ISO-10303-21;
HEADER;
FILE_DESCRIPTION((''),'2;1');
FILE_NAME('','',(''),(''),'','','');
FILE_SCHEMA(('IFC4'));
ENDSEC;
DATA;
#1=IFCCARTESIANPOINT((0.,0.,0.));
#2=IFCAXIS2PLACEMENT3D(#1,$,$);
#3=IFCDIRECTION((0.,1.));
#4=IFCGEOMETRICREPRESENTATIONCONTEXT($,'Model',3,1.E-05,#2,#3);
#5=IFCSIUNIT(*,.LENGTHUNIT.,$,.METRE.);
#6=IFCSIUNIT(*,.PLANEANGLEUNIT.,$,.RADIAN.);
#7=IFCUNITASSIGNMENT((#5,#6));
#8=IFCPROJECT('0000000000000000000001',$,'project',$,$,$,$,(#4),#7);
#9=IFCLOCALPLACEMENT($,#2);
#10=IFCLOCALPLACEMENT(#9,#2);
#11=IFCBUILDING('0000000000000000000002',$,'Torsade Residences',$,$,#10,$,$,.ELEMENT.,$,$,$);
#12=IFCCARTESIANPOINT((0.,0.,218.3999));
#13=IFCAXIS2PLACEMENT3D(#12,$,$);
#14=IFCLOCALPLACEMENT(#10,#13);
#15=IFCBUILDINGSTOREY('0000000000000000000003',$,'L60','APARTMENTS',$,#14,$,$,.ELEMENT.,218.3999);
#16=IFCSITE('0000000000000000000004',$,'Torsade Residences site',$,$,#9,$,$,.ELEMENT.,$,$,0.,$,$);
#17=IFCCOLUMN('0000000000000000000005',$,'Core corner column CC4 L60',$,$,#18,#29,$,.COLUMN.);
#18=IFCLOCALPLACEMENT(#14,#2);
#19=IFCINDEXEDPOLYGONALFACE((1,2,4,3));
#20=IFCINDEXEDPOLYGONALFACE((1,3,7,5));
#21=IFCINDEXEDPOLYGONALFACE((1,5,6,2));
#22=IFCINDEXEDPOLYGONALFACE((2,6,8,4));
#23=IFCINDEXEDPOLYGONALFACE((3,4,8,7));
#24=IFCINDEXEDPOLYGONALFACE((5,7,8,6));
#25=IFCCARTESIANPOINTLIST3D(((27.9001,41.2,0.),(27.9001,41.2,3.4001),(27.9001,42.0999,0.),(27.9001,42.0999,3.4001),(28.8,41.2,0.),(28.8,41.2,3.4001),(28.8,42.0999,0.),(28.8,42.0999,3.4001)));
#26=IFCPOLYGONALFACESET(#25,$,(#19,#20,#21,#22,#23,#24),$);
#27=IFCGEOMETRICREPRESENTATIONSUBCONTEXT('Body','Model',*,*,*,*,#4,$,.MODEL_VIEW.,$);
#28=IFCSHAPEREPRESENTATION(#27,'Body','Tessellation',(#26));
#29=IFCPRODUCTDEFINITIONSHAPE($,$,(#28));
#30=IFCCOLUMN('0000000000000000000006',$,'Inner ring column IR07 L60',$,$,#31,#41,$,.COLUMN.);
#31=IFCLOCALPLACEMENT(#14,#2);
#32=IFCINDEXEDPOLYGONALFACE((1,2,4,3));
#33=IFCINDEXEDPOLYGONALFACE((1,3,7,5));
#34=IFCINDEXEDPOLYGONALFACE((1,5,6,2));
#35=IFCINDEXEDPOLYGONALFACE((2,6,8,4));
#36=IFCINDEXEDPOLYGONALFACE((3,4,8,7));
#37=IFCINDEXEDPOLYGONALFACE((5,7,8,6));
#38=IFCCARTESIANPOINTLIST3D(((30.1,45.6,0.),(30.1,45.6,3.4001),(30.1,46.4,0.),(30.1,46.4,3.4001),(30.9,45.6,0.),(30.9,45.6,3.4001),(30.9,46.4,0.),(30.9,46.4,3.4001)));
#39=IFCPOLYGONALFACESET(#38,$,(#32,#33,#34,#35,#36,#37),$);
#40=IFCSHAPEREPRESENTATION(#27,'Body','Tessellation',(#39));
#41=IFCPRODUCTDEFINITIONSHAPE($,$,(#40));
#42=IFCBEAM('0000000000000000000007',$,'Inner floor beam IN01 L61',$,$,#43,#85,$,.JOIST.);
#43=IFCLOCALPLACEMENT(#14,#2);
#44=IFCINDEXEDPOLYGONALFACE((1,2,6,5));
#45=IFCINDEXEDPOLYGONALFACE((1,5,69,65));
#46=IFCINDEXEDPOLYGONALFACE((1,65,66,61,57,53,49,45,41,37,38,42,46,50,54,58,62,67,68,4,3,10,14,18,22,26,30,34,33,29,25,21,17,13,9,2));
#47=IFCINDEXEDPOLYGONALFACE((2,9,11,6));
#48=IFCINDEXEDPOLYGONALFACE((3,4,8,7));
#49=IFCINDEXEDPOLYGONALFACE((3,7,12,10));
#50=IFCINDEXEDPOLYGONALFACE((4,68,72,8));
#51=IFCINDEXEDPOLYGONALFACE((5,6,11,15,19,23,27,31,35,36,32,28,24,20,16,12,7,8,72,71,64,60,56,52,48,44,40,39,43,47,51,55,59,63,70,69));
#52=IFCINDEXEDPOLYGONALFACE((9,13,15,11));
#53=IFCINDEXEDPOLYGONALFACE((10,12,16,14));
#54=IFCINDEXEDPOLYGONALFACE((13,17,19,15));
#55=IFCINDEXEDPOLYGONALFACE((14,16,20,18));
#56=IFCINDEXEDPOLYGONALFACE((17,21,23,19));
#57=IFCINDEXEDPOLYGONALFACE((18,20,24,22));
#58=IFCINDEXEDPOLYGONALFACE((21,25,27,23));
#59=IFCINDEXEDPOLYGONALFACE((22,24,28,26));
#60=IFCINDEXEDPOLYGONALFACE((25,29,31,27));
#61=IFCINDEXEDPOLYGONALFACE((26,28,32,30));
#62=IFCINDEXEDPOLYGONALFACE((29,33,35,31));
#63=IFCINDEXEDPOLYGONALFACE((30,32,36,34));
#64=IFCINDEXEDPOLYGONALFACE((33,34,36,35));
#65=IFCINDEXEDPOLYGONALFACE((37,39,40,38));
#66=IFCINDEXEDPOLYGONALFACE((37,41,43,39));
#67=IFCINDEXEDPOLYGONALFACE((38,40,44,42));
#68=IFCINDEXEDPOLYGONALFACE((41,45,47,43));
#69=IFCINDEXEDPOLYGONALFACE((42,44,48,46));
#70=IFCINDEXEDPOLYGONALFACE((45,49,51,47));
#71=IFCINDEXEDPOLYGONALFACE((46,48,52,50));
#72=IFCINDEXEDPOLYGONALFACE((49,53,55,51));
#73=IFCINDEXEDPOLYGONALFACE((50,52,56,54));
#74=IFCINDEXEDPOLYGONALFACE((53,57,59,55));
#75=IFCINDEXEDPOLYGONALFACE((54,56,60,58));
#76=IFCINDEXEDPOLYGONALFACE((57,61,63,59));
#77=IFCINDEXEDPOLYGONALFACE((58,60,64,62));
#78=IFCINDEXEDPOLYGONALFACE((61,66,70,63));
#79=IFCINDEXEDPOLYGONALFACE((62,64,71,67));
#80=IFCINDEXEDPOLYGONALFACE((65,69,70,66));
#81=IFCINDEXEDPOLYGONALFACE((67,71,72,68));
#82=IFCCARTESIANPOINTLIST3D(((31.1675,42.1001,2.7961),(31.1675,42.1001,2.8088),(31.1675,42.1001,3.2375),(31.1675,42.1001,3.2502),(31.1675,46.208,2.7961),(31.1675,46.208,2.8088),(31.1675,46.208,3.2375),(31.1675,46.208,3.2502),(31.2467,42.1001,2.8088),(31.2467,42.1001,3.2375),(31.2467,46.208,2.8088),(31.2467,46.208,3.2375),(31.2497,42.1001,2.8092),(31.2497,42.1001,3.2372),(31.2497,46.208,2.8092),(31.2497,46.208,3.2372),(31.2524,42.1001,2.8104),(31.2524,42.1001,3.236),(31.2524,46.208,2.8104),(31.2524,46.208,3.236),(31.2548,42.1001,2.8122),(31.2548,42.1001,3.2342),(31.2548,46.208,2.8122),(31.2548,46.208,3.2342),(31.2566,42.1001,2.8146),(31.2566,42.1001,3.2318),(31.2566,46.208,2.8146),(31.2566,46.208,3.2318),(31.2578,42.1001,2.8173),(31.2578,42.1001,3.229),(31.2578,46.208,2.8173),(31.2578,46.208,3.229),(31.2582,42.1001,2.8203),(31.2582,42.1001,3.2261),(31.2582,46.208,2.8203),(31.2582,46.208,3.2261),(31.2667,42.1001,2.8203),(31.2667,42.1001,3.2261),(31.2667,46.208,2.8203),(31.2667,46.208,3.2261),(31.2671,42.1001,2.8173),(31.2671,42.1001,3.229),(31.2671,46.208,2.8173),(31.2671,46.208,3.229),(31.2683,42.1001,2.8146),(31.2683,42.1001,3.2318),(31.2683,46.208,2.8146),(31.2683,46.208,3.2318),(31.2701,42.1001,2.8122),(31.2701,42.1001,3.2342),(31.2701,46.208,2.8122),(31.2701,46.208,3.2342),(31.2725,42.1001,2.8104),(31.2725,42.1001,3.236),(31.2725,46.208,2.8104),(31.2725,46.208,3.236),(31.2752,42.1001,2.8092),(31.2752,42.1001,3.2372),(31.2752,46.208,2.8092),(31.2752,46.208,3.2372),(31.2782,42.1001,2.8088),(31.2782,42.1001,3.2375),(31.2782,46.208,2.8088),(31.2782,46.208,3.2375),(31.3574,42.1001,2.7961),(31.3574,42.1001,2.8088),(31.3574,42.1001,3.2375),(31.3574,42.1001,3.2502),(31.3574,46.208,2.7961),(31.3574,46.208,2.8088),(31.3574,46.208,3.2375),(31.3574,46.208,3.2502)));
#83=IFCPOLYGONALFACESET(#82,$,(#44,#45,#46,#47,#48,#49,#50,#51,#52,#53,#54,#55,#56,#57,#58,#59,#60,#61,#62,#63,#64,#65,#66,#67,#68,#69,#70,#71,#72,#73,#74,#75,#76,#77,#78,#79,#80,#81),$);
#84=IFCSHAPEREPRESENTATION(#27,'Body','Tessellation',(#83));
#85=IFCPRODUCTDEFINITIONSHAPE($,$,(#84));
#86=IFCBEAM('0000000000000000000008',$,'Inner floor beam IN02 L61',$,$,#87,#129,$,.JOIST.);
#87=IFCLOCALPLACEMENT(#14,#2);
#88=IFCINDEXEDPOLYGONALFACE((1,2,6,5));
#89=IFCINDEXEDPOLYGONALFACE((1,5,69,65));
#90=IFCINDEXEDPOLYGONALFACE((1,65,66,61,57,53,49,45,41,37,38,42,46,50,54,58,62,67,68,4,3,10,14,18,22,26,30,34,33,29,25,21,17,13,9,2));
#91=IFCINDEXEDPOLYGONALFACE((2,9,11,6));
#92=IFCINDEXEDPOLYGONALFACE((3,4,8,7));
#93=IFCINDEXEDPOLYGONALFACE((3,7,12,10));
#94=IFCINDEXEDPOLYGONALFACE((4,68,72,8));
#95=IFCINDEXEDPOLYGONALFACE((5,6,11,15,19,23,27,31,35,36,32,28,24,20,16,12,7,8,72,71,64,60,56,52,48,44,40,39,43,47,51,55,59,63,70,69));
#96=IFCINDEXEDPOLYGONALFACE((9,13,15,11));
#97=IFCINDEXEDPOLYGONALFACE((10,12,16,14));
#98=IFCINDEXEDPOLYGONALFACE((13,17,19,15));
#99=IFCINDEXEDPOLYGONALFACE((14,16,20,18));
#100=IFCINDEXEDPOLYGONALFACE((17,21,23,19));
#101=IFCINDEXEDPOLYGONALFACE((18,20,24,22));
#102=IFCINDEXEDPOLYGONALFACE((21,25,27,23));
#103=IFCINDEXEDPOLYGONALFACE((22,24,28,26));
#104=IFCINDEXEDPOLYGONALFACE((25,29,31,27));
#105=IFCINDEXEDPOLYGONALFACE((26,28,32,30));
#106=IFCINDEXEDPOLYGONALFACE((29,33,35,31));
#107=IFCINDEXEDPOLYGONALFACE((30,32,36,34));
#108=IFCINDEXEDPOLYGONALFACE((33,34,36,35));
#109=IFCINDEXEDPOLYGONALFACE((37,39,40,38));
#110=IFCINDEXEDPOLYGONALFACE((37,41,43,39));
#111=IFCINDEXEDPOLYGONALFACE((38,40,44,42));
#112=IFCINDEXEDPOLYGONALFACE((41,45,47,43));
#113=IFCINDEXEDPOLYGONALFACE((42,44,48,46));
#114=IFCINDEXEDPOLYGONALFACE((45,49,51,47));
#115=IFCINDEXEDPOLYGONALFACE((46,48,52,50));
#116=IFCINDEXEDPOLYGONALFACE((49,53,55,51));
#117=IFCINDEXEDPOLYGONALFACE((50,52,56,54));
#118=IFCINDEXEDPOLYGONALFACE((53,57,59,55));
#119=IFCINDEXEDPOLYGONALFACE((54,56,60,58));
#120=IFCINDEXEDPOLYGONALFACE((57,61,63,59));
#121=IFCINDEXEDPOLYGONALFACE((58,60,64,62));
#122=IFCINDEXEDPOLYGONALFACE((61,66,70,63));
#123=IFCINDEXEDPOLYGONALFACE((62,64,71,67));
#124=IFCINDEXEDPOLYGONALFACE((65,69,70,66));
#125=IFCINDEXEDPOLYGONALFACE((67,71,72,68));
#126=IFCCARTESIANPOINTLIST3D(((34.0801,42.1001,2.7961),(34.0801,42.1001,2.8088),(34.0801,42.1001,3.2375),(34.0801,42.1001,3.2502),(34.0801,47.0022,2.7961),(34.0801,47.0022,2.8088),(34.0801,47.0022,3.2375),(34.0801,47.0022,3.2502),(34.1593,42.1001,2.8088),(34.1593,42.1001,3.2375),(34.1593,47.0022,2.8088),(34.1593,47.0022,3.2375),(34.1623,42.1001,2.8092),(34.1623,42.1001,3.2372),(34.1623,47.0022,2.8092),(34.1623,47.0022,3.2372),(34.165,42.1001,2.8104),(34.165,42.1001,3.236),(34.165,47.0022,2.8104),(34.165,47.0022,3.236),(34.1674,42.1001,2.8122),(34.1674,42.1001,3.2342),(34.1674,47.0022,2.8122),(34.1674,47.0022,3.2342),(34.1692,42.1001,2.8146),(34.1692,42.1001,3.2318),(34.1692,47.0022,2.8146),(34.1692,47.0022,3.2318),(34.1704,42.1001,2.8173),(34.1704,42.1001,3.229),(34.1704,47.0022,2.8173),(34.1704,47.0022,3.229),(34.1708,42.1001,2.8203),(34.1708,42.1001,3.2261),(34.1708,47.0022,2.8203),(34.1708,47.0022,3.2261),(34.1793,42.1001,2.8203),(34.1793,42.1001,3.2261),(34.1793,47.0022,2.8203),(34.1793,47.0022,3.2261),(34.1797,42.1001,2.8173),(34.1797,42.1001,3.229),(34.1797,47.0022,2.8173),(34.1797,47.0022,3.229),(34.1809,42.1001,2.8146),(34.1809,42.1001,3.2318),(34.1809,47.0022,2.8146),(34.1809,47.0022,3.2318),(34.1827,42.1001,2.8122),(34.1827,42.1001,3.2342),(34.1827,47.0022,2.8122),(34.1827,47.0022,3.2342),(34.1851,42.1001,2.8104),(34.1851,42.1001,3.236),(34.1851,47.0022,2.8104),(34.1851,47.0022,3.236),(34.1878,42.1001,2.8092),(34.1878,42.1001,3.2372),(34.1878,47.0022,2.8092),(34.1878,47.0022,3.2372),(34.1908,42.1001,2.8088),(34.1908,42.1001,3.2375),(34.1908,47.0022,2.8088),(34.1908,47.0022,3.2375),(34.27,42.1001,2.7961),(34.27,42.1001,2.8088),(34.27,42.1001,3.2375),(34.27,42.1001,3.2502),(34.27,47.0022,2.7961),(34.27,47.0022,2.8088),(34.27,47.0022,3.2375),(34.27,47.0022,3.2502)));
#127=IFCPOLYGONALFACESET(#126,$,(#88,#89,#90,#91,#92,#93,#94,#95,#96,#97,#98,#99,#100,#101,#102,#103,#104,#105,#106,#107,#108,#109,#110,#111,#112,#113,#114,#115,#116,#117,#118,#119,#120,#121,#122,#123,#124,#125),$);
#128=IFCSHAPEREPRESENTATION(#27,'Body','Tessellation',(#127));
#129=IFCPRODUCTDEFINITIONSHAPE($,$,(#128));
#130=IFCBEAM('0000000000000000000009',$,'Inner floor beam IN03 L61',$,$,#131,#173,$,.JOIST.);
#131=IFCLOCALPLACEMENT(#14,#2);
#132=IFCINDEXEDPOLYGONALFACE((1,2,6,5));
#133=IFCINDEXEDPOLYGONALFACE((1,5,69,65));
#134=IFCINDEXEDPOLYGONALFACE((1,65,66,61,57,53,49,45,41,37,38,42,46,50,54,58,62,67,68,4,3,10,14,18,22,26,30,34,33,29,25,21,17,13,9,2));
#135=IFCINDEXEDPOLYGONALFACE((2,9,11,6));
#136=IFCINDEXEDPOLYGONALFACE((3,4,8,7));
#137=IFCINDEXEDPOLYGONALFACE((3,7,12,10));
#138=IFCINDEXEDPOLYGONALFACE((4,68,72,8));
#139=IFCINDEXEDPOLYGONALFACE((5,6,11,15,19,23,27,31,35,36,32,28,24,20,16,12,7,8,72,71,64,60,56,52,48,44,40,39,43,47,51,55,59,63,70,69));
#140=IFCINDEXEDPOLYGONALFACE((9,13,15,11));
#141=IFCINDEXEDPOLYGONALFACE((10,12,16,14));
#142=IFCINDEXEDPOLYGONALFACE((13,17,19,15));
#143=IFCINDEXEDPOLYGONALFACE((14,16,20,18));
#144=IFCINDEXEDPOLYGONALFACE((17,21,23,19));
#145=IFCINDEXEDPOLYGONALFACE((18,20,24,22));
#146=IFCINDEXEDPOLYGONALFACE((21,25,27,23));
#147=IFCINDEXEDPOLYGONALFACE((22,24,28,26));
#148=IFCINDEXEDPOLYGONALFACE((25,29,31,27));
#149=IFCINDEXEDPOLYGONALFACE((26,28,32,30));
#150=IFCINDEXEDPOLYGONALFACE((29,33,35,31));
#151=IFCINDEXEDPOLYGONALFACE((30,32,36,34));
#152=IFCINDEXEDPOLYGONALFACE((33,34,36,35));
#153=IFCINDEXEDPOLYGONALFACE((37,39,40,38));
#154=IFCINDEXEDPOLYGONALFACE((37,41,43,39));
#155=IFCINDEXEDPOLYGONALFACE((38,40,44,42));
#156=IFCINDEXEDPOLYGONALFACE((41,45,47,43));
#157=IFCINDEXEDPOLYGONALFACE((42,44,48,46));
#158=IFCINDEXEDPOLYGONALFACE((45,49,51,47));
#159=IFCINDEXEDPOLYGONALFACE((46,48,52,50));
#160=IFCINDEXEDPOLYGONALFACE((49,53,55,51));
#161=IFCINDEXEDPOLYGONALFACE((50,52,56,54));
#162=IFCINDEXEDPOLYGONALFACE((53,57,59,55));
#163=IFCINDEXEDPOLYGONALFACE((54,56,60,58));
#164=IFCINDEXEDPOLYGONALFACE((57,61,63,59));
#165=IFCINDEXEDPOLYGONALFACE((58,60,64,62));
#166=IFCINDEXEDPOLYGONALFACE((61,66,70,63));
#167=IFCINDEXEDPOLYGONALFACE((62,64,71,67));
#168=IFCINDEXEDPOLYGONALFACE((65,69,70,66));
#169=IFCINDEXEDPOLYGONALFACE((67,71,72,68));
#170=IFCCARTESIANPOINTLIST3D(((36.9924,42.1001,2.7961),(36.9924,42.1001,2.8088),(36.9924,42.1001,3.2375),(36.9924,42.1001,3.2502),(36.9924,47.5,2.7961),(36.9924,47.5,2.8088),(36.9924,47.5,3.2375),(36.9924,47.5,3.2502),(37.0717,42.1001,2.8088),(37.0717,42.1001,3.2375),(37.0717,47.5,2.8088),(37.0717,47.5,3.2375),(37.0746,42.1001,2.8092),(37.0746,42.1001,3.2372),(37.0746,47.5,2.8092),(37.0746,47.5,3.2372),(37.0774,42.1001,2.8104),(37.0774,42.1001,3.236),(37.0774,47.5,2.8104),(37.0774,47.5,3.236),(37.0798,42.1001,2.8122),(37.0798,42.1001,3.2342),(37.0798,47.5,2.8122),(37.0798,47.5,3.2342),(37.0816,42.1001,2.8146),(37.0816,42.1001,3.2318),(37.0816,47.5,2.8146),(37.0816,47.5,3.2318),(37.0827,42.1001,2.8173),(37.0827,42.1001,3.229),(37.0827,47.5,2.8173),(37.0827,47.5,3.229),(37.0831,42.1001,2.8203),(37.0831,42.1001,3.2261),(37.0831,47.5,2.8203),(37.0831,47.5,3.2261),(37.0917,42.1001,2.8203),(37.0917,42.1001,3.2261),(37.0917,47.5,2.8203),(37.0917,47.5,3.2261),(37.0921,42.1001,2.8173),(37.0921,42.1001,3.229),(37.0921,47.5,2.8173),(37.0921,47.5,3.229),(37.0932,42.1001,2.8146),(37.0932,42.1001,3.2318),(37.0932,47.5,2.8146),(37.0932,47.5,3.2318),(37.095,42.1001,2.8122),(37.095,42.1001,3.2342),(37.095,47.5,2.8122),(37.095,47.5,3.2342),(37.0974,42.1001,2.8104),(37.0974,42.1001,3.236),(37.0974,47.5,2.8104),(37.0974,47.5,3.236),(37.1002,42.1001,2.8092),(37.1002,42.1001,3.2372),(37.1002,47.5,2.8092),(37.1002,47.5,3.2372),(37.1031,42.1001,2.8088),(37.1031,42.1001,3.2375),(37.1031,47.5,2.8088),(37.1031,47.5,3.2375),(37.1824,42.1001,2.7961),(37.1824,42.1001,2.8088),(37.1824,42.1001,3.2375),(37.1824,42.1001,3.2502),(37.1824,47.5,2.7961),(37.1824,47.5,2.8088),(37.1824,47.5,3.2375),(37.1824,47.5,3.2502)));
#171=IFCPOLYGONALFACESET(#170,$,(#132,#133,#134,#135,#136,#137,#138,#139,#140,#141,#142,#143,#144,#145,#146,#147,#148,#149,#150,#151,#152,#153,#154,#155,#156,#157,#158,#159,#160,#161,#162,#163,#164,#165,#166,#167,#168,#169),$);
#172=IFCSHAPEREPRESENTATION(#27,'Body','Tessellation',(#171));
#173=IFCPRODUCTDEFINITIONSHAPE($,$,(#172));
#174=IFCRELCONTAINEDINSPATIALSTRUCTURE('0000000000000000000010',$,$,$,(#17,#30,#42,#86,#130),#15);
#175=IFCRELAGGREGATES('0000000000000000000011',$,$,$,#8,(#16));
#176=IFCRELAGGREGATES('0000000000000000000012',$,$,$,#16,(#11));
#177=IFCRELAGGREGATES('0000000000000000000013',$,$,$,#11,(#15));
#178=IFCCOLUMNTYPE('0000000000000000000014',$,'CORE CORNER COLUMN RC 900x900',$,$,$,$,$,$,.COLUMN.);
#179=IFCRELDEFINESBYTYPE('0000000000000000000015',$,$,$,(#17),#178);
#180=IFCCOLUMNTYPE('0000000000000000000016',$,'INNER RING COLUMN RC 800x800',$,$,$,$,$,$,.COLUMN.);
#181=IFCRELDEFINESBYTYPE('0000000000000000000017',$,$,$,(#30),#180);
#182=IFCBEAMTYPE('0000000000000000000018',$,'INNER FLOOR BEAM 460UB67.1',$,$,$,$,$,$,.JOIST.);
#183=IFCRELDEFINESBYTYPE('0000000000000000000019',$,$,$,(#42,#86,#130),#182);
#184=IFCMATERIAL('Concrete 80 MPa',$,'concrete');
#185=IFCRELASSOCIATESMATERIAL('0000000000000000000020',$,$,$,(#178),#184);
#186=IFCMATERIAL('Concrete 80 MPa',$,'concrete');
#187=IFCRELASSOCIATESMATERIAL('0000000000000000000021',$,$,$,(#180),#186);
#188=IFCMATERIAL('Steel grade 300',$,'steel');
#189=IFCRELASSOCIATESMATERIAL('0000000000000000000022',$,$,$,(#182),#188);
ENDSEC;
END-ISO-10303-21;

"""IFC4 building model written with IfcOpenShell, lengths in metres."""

from ifc_helpers import new_model, si_unit, direction, frame, origin, origin_2d, place, context, subcontext, project, spatial, rectangle, i_section, extrude, material, material_profile, profile_set, type_object, element, save


model = new_model("IFC4")

# Units and contexts
model_context = context("Model", 3, precision=1e-05, world=origin(), true_north=direction((0.0, 1.0)))
body_context = subcontext(model_context, "Body", "Model", "MODEL_VIEW")
ifc_project = project(units=[si_unit("LENGTHUNIT", "METRE"), si_unit("PLANEANGLEUNIT", "RADIAN")], contexts=[model_context])

# Site, building, storey
site_placement = place(None, origin())
site = spatial("IfcSite", under=ifc_project, at=site_placement, Name="Torsade Residences site", CompositionType="ELEMENT", RefElevation=0.0)
building_placement = place(site_placement, origin())
building = spatial("IfcBuilding", under=site, at=building_placement, Name="Torsade Residences", CompositionType="ELEMENT")
storey_placement = place(building_placement, frame((0.0, 0.0, 218.3999)))
storey = spatial("IfcBuildingStorey", under=building, at=storey_placement, Name="L60", Description="APARTMENTS", CompositionType="ELEMENT", Elevation=218.3999)

# Columns
ifc_material_1 = material(Name="Concrete 80 MPa", Category="concrete")
ifc_material_profile_1 = material_profile(ifc_material_1, rectangle(XDim=0.8999, YDim=0.8999, at=origin_2d()), Name="RC 900x900")
ifc_profile_set_1 = profile_set([ifc_material_profile_1], Name="Concrete 80 MPa")
column_type_1 = type_object("IfcColumnType", Name="CORE CORNER COLUMN RC 900x900", PredefinedType="COLUMN", material=ifc_profile_set_1)
column_1_placement = place(storey_placement, frame((28.3501, 41.6499, 0.0), z_axis=(0.0, 0.0, 1.0), x_axis=(1.0, 0.0, 0.0)))
element("IfcColumn", 1, at=column_1_placement, inside=storey, type_object=column_type_1, Name="Core corner column CC4 L60", PredefinedType="COLUMN", context=body_context, shape_type="SweptSolid", body=[
    extrude(rectangle(XDim=0.8999, YDim=0.8999, at=origin_2d()), origin(), (0.0, 0.0, 1.0), 3.4001),
])
ifc_material_2 = material(Name="Concrete 80 MPa", Category="concrete")
ifc_material_profile_2 = material_profile(ifc_material_2, rectangle(XDim=0.8, YDim=0.8, at=origin_2d()), Name="RC 800x800")
ifc_profile_set_2 = profile_set([ifc_material_profile_2], Name="Concrete 80 MPa")
column_type_2 = type_object("IfcColumnType", Name="INNER RING COLUMN RC 800x800", PredefinedType="COLUMN", material=ifc_profile_set_2)
column_2_placement = place(storey_placement, frame((30.5, 46.0, 0.0), z_axis=(0.0, 0.0, 1.0), x_axis=(1.0, 0.0, 0.0)))
element("IfcColumn", 2, at=column_2_placement, inside=storey, type_object=column_type_2, Name="Inner ring column IR07 L60", PredefinedType="COLUMN", context=body_context, shape_type="SweptSolid", body=[
    extrude(rectangle(XDim=0.8, YDim=0.8, at=origin_2d()), origin(), (0.0, 0.0, 1.0), 3.4001),
])

# Beams
ifc_material_3 = material(Name="Steel grade 300", Category="steel")
ifc_material_profile_3 = material_profile(ifc_material_3, i_section(OverallWidth=0.1899, OverallDepth=0.4541, WebThickness=0.0085, FlangeThickness=0.0127, FilletRadius=0.0115, at=origin_2d()), Name="460UB67.1")
ifc_profile_set_3 = profile_set([ifc_material_profile_3], Name="Steel grade 300")
beam_type_1 = type_object("IfcBeamType", Name="INNER FLOOR BEAM 460UB67.1", PredefinedType="JOIST", material=ifc_profile_set_3)
beam_1_placement = place(storey_placement, frame((31.2625, 42.1001, 3.0232), z_axis=(0.0, 1.0, 0.0), x_axis=(-1.0, 0.0, 0.0)))
element("IfcBeam", 3, at=beam_1_placement, inside=storey, type_object=beam_type_1, Name="Inner floor beam IN01 L61", PredefinedType="JOIST", context=body_context, shape_type="SweptSolid", body=[
    extrude(i_section(OverallWidth=0.1899, OverallDepth=0.4541, WebThickness=0.0085, FlangeThickness=0.0127, FilletRadius=0.0115, at=origin_2d()), origin(), (0.0, 0.0, 1.0), 4.1079),
])
beam_2_placement = place(storey_placement, frame((34.175, 42.1001, 3.0232), z_axis=(0.0, 1.0, 0.0), x_axis=(-1.0, 0.0, 0.0)))
element("IfcBeam", 4, at=beam_2_placement, inside=storey, type_object=beam_type_1, Name="Inner floor beam IN02 L61", PredefinedType="JOIST", context=body_context, shape_type="SweptSolid", body=[
    extrude(i_section(OverallWidth=0.1899, OverallDepth=0.4541, WebThickness=0.0085, FlangeThickness=0.0127, FilletRadius=0.0115, at=origin_2d()), origin(), (0.0, 0.0, 1.0), 4.9021),
])
beam_3_placement = place(storey_placement, frame((37.0874, 42.1001, 3.0232), z_axis=(0.0, 1.0, 0.0), x_axis=(-1.0, 0.0, 0.0)))
element("IfcBeam", 5, at=beam_3_placement, inside=storey, type_object=beam_type_1, Name="Inner floor beam IN03 L61", PredefinedType="JOIST", context=body_context, shape_type="SweptSolid", body=[
    extrude(i_section(OverallWidth=0.1899, OverallDepth=0.4541, WebThickness=0.0085, FlangeThickness=0.0127, FilletRadius=0.0115, at=origin_2d()), origin(), (0.0, 0.0, 1.0), 5.3999),
])

save(model, "model.ifc")
